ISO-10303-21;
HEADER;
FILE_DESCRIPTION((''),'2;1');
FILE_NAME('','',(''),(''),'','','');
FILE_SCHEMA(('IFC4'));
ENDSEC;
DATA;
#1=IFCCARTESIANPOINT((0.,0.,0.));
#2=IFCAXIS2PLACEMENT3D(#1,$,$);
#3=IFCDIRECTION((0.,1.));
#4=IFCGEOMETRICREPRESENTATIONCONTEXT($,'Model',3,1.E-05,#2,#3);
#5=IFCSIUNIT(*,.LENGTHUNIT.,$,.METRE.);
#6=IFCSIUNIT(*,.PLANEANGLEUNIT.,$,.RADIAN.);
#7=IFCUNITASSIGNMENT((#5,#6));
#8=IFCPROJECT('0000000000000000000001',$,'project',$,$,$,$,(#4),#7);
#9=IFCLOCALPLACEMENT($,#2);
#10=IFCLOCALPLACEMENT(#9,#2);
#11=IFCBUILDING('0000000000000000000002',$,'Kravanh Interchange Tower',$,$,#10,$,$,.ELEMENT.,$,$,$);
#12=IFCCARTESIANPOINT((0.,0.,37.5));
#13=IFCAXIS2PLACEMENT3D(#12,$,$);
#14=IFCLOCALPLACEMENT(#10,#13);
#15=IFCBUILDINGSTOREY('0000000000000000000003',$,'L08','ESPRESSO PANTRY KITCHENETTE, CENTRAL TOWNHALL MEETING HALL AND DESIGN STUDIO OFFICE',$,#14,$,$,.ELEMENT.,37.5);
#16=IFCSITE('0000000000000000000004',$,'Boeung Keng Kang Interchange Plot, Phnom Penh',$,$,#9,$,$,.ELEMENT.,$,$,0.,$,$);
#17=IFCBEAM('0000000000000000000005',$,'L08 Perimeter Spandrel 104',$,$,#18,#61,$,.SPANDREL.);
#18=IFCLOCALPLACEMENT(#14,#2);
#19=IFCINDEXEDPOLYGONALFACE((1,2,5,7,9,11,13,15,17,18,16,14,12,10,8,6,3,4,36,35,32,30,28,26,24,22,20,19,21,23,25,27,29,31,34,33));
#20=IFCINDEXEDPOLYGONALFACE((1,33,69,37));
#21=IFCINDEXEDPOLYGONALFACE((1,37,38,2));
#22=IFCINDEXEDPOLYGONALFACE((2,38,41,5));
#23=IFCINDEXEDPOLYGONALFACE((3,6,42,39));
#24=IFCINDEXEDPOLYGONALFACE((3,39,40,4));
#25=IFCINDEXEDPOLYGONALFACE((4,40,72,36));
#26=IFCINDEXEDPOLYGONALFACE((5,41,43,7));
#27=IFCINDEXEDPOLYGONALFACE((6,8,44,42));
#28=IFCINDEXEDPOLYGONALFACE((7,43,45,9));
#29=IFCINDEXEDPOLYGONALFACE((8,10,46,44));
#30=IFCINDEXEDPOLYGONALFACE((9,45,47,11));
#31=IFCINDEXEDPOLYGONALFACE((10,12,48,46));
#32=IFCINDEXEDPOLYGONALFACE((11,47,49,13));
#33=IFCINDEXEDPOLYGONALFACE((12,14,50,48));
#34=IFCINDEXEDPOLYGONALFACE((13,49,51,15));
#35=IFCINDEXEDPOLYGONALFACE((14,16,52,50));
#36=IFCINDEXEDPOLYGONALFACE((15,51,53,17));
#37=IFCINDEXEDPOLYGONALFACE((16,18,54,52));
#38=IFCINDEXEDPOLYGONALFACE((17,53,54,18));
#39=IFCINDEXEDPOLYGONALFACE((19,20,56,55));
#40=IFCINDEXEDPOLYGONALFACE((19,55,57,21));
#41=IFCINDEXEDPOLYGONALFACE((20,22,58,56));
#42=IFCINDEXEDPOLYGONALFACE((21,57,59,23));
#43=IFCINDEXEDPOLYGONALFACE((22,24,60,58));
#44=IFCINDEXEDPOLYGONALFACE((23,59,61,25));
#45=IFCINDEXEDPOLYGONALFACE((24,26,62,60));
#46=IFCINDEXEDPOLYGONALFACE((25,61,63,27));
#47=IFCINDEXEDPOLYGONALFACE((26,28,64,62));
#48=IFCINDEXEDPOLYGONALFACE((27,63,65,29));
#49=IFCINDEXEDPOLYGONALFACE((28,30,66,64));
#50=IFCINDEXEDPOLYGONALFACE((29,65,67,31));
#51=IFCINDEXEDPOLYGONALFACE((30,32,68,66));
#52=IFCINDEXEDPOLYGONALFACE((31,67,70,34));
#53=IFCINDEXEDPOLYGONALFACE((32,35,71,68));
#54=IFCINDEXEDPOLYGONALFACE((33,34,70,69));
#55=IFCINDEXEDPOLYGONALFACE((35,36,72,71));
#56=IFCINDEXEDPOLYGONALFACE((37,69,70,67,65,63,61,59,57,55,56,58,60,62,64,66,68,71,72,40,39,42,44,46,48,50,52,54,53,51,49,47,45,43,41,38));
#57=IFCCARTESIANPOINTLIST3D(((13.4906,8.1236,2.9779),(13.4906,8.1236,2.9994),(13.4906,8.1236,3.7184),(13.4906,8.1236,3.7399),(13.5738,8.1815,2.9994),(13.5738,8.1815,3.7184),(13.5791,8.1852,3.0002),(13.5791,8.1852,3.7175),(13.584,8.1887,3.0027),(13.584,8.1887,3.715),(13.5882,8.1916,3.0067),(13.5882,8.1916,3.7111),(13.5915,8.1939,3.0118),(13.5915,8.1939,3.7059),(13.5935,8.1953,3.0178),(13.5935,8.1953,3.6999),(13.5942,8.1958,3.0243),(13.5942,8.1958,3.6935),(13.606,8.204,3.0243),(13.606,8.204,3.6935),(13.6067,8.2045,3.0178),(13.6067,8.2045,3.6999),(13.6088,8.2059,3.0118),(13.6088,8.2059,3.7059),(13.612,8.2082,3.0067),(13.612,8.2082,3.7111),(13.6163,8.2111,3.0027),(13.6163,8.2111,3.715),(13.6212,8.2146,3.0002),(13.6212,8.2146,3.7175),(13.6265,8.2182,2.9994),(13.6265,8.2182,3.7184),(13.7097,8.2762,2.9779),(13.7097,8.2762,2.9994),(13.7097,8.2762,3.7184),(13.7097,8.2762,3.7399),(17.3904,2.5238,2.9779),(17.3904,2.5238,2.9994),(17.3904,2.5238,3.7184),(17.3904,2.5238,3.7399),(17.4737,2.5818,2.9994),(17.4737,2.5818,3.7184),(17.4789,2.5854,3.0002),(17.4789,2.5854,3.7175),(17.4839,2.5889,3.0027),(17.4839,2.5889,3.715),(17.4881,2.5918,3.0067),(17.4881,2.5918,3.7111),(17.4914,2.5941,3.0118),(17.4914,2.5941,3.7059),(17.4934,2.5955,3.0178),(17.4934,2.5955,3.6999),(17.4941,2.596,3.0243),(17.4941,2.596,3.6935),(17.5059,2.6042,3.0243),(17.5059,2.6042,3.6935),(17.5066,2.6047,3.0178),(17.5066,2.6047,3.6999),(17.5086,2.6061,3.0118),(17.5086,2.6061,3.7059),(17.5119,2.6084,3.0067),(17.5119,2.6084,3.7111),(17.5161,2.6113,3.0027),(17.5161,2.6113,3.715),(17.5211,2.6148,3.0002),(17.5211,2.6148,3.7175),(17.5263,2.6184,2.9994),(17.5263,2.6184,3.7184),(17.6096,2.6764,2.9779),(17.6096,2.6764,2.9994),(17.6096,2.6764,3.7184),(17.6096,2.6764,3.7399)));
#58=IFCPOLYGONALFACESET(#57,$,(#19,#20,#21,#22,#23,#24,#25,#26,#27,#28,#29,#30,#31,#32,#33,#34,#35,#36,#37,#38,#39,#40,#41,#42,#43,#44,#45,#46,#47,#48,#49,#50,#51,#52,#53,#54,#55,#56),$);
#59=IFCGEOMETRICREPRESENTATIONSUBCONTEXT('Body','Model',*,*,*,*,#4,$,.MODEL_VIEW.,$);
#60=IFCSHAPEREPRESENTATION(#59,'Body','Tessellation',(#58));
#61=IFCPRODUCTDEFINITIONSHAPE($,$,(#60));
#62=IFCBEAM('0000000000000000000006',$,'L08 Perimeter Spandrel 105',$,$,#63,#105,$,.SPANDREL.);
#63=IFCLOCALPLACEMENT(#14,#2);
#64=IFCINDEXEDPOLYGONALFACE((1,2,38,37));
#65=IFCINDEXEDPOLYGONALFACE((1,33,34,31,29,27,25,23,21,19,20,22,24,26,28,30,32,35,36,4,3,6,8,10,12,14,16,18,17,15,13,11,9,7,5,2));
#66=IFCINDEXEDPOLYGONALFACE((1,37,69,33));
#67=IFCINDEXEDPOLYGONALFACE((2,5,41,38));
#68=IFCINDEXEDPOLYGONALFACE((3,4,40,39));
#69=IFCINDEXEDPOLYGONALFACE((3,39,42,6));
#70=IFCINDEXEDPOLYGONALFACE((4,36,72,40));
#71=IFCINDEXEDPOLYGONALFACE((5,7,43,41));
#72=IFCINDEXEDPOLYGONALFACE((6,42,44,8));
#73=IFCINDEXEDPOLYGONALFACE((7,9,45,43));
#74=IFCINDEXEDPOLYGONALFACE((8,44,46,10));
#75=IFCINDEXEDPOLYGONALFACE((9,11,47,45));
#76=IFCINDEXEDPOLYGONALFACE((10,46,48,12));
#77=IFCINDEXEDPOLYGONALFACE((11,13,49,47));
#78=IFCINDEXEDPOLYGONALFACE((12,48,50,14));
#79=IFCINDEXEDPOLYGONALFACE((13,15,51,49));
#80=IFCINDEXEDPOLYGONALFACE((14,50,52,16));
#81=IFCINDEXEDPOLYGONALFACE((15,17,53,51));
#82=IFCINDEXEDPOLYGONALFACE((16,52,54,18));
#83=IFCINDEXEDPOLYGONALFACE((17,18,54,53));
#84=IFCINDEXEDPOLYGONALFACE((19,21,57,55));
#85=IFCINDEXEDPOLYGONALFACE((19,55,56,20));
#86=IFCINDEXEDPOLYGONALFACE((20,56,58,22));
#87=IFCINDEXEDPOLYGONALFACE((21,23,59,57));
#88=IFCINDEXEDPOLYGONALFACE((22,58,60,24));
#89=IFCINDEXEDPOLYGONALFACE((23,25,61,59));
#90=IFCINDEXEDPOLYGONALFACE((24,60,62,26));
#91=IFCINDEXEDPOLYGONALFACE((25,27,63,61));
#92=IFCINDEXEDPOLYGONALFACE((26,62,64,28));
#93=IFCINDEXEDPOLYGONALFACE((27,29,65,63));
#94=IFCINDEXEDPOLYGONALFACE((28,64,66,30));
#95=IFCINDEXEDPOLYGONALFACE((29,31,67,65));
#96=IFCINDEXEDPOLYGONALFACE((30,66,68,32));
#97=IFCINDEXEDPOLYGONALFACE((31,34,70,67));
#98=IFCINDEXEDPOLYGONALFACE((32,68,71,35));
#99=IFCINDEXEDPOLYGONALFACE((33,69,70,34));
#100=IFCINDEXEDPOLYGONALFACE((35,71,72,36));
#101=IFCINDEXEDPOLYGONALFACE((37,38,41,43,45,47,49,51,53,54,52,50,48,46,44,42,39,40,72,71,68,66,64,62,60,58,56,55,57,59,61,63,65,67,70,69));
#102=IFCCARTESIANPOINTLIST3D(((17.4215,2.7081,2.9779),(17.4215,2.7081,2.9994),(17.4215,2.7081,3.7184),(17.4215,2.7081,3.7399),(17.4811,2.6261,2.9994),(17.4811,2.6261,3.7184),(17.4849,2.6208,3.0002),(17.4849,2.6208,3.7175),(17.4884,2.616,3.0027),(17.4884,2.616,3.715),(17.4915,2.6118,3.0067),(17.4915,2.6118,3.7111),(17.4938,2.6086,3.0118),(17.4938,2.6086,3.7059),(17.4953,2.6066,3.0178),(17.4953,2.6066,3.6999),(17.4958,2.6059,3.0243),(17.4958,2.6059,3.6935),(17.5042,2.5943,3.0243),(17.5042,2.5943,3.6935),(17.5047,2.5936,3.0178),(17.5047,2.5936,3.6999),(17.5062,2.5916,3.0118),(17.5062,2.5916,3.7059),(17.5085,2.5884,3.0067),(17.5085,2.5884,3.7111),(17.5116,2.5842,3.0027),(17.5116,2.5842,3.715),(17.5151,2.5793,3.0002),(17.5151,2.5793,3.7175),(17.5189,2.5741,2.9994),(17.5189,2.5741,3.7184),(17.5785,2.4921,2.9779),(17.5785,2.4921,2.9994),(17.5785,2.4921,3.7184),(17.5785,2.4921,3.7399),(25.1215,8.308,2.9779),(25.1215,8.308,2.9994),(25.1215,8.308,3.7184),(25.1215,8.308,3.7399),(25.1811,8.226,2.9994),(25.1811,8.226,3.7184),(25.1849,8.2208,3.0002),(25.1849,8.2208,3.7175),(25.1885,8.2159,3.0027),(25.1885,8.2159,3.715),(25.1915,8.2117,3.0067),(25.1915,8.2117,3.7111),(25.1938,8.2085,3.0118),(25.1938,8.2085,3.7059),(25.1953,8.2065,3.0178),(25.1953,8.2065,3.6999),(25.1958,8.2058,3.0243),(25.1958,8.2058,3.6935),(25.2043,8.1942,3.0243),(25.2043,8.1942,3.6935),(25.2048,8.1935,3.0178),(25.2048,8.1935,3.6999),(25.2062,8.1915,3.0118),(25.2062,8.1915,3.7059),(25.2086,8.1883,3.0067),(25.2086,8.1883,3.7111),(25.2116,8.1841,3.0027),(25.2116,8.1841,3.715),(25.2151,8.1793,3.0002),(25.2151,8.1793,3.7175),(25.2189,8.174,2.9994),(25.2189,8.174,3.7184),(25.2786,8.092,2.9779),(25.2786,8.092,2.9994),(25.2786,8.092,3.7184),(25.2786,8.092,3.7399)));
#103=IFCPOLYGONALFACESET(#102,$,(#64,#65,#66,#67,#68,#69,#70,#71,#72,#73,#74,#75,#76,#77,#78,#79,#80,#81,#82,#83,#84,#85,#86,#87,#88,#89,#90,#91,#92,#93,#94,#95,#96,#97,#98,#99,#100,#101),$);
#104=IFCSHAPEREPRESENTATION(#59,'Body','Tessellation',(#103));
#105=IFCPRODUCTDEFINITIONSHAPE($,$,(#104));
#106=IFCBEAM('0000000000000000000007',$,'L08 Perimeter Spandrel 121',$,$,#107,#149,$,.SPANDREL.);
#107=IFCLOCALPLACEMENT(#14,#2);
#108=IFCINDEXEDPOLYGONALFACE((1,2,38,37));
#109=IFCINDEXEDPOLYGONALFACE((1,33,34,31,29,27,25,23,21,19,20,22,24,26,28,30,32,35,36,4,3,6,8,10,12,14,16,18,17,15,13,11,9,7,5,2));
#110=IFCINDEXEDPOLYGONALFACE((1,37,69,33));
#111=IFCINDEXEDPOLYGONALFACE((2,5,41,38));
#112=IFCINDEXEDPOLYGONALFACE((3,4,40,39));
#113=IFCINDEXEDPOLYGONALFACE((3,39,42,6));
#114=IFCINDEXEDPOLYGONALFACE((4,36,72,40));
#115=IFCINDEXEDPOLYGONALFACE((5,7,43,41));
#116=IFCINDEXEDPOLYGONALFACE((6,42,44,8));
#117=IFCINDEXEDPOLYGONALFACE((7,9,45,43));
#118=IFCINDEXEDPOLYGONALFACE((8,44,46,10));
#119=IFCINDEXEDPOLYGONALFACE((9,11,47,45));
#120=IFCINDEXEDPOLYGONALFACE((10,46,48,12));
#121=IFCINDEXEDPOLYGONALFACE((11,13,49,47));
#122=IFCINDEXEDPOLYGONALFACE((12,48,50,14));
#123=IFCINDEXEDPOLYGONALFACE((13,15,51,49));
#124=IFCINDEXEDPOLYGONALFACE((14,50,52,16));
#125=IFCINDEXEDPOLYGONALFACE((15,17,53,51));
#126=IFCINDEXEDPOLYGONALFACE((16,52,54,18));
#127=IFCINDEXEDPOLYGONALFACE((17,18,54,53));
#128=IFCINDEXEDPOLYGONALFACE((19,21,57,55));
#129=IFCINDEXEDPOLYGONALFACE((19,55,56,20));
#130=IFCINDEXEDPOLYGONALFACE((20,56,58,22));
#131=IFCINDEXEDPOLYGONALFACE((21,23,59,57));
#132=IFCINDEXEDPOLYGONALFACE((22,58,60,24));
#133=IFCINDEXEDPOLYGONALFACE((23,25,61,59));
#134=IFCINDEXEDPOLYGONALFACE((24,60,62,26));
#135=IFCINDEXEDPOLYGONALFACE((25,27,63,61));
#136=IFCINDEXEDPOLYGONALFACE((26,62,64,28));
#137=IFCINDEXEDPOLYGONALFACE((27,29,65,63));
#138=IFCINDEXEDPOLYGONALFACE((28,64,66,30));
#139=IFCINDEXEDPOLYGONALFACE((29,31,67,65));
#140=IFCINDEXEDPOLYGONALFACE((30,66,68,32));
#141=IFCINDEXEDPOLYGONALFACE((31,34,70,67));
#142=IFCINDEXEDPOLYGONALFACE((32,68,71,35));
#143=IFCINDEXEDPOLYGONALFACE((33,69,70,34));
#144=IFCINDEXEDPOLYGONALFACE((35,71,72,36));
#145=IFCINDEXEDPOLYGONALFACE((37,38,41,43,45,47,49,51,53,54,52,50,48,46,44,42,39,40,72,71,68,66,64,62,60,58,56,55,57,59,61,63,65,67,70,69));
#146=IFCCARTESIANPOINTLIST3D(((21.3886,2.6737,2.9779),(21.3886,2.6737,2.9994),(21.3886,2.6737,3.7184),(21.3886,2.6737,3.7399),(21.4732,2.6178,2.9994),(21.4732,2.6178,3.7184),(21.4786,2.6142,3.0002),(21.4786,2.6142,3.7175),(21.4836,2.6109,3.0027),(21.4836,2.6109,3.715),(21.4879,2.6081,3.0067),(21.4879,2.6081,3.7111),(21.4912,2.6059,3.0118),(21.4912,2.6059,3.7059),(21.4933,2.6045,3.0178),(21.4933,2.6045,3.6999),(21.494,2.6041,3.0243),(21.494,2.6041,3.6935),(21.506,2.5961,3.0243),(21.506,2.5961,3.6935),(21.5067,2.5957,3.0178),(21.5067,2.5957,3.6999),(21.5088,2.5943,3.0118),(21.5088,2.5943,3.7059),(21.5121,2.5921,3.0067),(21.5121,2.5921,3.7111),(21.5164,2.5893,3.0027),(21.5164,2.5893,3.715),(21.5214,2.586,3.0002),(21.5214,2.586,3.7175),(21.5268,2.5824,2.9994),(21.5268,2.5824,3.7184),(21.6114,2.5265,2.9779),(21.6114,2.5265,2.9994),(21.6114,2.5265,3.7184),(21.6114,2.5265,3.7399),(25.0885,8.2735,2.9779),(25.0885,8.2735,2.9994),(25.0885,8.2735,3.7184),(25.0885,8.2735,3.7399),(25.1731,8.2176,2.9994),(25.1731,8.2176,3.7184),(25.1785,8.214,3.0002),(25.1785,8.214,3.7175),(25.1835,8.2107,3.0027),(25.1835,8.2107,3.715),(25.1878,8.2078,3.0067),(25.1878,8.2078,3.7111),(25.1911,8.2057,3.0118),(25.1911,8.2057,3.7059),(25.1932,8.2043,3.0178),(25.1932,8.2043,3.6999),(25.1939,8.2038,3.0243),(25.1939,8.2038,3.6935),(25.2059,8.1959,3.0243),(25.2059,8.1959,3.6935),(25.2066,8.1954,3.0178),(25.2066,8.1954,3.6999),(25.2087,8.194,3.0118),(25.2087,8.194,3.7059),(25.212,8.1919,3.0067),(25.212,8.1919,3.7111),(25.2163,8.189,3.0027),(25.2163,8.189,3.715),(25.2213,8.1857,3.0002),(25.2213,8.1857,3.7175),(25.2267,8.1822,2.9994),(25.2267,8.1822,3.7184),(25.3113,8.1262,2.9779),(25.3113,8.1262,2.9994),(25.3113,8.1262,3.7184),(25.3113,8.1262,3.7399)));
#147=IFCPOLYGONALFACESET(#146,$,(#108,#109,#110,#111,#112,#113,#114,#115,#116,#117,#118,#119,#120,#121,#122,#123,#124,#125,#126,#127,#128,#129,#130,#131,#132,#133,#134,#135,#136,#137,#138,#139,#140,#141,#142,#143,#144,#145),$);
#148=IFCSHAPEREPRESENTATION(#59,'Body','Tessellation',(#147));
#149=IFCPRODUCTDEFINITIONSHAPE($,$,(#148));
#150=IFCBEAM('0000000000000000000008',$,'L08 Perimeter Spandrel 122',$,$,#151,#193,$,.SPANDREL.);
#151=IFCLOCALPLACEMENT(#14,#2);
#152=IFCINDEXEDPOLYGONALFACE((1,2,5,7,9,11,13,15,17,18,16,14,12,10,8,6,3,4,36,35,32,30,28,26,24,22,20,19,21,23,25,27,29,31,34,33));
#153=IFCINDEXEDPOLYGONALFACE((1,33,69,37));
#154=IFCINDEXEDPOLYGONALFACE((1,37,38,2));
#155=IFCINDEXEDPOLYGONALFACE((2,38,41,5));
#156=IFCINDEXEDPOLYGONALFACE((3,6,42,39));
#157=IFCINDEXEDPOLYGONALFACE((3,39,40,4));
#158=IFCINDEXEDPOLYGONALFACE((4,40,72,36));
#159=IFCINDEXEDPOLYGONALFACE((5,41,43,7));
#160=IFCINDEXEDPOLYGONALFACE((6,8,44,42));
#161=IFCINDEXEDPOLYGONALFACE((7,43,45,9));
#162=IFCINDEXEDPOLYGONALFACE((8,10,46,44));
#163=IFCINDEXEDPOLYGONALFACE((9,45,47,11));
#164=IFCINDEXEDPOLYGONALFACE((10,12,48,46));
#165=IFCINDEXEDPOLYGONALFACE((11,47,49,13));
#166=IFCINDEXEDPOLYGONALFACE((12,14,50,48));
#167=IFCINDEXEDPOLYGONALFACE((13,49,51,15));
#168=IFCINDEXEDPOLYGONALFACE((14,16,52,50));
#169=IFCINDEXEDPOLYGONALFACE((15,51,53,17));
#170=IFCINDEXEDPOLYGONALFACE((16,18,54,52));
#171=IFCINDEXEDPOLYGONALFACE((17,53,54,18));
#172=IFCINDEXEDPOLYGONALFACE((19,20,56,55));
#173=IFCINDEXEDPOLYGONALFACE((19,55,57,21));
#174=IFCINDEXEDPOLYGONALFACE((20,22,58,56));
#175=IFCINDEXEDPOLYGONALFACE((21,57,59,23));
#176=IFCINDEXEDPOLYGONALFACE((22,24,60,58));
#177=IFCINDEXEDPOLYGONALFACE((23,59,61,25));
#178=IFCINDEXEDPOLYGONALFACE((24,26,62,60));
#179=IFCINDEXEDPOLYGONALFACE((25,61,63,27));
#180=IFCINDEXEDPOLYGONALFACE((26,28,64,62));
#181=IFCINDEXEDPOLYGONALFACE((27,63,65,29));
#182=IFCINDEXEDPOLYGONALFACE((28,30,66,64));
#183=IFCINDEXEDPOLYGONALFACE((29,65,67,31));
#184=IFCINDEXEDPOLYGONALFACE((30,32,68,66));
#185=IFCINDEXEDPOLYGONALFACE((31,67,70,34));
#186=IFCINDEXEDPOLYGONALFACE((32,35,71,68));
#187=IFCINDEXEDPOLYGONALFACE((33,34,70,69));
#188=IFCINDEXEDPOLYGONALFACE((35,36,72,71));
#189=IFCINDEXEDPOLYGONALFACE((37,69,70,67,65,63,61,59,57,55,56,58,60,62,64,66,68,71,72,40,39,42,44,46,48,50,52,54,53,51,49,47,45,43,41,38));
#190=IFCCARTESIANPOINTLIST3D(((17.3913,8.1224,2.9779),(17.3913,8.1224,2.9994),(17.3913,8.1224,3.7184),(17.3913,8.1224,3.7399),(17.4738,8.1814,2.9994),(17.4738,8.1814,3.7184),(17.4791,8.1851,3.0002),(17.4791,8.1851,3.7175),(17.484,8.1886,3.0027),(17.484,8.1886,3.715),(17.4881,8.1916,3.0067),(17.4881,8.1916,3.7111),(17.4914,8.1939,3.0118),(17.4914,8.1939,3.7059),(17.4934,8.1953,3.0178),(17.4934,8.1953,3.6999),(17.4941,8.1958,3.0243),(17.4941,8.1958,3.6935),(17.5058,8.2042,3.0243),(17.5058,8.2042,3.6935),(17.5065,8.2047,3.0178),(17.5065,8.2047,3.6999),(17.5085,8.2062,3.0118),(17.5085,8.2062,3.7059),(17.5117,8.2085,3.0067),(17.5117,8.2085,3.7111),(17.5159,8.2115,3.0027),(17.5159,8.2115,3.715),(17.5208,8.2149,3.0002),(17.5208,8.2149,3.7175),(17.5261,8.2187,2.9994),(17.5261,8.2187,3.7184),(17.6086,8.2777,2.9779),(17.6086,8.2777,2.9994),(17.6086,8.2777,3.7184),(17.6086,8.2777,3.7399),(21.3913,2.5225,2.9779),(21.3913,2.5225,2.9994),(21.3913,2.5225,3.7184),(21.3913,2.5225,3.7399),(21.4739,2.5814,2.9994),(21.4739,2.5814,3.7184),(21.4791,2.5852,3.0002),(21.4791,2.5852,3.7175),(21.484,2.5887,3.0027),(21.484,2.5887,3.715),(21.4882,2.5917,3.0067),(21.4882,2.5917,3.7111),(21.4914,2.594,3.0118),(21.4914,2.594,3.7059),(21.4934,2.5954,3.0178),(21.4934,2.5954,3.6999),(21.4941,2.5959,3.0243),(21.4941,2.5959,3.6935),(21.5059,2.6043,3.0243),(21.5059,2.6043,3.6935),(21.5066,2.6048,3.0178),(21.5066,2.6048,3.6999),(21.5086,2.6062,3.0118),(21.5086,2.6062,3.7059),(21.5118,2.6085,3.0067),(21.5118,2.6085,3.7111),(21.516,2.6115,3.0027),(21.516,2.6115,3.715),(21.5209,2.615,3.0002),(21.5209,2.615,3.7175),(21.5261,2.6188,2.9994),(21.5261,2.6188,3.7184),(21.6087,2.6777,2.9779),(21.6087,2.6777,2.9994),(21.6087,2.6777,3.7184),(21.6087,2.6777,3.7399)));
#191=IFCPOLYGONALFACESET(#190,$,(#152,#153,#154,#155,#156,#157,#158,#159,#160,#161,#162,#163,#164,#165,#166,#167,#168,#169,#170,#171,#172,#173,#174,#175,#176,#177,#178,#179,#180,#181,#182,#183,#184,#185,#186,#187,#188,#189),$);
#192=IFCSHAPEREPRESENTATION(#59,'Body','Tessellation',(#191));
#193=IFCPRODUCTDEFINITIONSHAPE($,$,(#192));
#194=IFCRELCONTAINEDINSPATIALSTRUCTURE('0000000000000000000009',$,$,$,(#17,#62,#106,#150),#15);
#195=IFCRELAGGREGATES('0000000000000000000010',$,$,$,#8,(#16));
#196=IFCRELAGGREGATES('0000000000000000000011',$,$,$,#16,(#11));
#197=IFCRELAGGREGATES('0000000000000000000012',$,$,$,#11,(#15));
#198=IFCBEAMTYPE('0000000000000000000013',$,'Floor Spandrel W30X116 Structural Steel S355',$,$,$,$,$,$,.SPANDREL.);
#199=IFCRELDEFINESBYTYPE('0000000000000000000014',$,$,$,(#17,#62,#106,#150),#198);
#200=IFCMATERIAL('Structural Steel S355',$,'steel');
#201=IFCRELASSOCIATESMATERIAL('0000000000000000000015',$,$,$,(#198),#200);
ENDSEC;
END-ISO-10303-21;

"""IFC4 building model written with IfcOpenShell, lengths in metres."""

from ifc_helpers import new_model, si_unit, direction, frame, origin, origin_2d, place, context, subcontext, project, spatial, i_section, extrude, material, material_profile, profile_set, type_object, element, save


model = new_model("IFC4")

# Units and contexts
model_context = context("Model", 3, precision=1e-05, world=origin(), true_north=direction((0.0, 1.0)))
body_context = subcontext(model_context, "Body", "Model", "MODEL_VIEW")
ifc_project = project(units=[si_unit("LENGTHUNIT", "METRE"), si_unit("PLANEANGLEUNIT", "RADIAN")], contexts=[model_context])

# Site, building, storey
site_placement = place(None, origin())
site = spatial("IfcSite", under=ifc_project, at=site_placement, Name="Boeung Keng Kang Interchange Plot, Phnom Penh", CompositionType="ELEMENT", RefElevation=0.0)
building_placement = place(site_placement, origin())
building = spatial("IfcBuilding", under=site, at=building_placement, Name="Kravanh Interchange Tower", CompositionType="ELEMENT")
storey_placement = place(building_placement, frame((0.0, 0.0, 37.5)))
storey = spatial("IfcBuildingStorey", under=building, at=storey_placement, Name="L08", Description="ESPRESSO PANTRY KITCHENETTE, CENTRAL TOWNHALL MEETING HALL AND DESIGN STUDIO OFFICE", CompositionType="ELEMENT", Elevation=37.5)

# Beams
ifc_material_1 = material(Name="Structural Steel S355", Category="steel")
ifc_material_profile_1 = material_profile(ifc_material_1, i_section(OverallWidth=0.2671, OverallDepth=0.762, WebThickness=0.0144, FlangeThickness=0.0215, FilletRadius=0.0249, at=origin_2d()), Name="W30X116")
ifc_profile_set_1 = profile_set([ifc_material_profile_1], Name="Structural Steel S355")
beam_type_1 = type_object("IfcBeamType", Name="Floor Spandrel W30X116 Structural Steel S355", PredefinedType="SPANDREL", material=ifc_profile_set_1)
beam_1_placement = place(storey_placement, frame((17.5, 2.6001, 3.3589), z_axis=(-0.571494, 0.820606, 0.0), x_axis=(-0.820606, -0.571494, 0.0)))
element("IfcBeam", 1, at=beam_1_placement, inside=storey, type_object=beam_type_1, Name="L08 Perimeter Spandrel 104", PredefinedType="SPANDREL", context=body_context, shape_type="SweptSolid", body=[
    extrude(i_section(OverallWidth=0.2671, OverallDepth=0.762, WebThickness=0.0144, FlangeThickness=0.0215, FilletRadius=0.0249, at=origin_2d()), origin(), (0.0, 0.0, 1.0), 6.824),
])
beam_2_placement = place(storey_placement, frame((17.5, 2.6001, 3.3589), z_axis=(0.808742, 0.588164, 0.0), x_axis=(-0.588164, 0.808742, 0.0)))
element("IfcBeam", 2, at=beam_2_placement, inside=storey, type_object=beam_type_1, Name="L08 Perimeter Spandrel 105", PredefinedType="SPANDREL", context=body_context, shape_type="SweptSolid", body=[
    extrude(i_section(OverallWidth=0.2671, OverallDepth=0.762, WebThickness=0.0144, FlangeThickness=0.0215, FilletRadius=0.0249, at=origin_2d()), origin(), (0.0, 0.0, 1.0), 9.521),
])
beam_3_placement = place(storey_placement, frame((21.5, 2.6001, 3.3589), z_axis=(0.551262, 0.834332, 0.0), x_axis=(-0.834332, 0.551262, 0.0)))
element("IfcBeam", 3, at=beam_3_placement, inside=storey, type_object=beam_type_1, Name="L08 Perimeter Spandrel 121", PredefinedType="SPANDREL", context=body_context, shape_type="SweptSolid", body=[
    extrude(i_section(OverallWidth=0.2671, OverallDepth=0.762, WebThickness=0.0144, FlangeThickness=0.0215, FilletRadius=0.0249, at=origin_2d()), origin(), (0.0, 0.0, 1.0), 6.7117),
])
beam_4_placement = place(storey_placement, frame((21.5, 2.6001, 3.3589), z_axis=(-0.581248, 0.813726, 0.0), x_axis=(-0.813726, -0.581248, 0.0)))
element("IfcBeam", 4, at=beam_4_placement, inside=storey, type_object=beam_type_1, Name="L08 Perimeter Spandrel 122", PredefinedType="SPANDREL", context=body_context, shape_type="SweptSolid", body=[
    extrude(i_section(OverallWidth=0.2671, OverallDepth=0.762, WebThickness=0.0144, FlangeThickness=0.0215, FilletRadius=0.0249, at=origin_2d()), origin(), (0.0, 0.0, 1.0), 6.8818),
])

save(model, "model.ifc")
